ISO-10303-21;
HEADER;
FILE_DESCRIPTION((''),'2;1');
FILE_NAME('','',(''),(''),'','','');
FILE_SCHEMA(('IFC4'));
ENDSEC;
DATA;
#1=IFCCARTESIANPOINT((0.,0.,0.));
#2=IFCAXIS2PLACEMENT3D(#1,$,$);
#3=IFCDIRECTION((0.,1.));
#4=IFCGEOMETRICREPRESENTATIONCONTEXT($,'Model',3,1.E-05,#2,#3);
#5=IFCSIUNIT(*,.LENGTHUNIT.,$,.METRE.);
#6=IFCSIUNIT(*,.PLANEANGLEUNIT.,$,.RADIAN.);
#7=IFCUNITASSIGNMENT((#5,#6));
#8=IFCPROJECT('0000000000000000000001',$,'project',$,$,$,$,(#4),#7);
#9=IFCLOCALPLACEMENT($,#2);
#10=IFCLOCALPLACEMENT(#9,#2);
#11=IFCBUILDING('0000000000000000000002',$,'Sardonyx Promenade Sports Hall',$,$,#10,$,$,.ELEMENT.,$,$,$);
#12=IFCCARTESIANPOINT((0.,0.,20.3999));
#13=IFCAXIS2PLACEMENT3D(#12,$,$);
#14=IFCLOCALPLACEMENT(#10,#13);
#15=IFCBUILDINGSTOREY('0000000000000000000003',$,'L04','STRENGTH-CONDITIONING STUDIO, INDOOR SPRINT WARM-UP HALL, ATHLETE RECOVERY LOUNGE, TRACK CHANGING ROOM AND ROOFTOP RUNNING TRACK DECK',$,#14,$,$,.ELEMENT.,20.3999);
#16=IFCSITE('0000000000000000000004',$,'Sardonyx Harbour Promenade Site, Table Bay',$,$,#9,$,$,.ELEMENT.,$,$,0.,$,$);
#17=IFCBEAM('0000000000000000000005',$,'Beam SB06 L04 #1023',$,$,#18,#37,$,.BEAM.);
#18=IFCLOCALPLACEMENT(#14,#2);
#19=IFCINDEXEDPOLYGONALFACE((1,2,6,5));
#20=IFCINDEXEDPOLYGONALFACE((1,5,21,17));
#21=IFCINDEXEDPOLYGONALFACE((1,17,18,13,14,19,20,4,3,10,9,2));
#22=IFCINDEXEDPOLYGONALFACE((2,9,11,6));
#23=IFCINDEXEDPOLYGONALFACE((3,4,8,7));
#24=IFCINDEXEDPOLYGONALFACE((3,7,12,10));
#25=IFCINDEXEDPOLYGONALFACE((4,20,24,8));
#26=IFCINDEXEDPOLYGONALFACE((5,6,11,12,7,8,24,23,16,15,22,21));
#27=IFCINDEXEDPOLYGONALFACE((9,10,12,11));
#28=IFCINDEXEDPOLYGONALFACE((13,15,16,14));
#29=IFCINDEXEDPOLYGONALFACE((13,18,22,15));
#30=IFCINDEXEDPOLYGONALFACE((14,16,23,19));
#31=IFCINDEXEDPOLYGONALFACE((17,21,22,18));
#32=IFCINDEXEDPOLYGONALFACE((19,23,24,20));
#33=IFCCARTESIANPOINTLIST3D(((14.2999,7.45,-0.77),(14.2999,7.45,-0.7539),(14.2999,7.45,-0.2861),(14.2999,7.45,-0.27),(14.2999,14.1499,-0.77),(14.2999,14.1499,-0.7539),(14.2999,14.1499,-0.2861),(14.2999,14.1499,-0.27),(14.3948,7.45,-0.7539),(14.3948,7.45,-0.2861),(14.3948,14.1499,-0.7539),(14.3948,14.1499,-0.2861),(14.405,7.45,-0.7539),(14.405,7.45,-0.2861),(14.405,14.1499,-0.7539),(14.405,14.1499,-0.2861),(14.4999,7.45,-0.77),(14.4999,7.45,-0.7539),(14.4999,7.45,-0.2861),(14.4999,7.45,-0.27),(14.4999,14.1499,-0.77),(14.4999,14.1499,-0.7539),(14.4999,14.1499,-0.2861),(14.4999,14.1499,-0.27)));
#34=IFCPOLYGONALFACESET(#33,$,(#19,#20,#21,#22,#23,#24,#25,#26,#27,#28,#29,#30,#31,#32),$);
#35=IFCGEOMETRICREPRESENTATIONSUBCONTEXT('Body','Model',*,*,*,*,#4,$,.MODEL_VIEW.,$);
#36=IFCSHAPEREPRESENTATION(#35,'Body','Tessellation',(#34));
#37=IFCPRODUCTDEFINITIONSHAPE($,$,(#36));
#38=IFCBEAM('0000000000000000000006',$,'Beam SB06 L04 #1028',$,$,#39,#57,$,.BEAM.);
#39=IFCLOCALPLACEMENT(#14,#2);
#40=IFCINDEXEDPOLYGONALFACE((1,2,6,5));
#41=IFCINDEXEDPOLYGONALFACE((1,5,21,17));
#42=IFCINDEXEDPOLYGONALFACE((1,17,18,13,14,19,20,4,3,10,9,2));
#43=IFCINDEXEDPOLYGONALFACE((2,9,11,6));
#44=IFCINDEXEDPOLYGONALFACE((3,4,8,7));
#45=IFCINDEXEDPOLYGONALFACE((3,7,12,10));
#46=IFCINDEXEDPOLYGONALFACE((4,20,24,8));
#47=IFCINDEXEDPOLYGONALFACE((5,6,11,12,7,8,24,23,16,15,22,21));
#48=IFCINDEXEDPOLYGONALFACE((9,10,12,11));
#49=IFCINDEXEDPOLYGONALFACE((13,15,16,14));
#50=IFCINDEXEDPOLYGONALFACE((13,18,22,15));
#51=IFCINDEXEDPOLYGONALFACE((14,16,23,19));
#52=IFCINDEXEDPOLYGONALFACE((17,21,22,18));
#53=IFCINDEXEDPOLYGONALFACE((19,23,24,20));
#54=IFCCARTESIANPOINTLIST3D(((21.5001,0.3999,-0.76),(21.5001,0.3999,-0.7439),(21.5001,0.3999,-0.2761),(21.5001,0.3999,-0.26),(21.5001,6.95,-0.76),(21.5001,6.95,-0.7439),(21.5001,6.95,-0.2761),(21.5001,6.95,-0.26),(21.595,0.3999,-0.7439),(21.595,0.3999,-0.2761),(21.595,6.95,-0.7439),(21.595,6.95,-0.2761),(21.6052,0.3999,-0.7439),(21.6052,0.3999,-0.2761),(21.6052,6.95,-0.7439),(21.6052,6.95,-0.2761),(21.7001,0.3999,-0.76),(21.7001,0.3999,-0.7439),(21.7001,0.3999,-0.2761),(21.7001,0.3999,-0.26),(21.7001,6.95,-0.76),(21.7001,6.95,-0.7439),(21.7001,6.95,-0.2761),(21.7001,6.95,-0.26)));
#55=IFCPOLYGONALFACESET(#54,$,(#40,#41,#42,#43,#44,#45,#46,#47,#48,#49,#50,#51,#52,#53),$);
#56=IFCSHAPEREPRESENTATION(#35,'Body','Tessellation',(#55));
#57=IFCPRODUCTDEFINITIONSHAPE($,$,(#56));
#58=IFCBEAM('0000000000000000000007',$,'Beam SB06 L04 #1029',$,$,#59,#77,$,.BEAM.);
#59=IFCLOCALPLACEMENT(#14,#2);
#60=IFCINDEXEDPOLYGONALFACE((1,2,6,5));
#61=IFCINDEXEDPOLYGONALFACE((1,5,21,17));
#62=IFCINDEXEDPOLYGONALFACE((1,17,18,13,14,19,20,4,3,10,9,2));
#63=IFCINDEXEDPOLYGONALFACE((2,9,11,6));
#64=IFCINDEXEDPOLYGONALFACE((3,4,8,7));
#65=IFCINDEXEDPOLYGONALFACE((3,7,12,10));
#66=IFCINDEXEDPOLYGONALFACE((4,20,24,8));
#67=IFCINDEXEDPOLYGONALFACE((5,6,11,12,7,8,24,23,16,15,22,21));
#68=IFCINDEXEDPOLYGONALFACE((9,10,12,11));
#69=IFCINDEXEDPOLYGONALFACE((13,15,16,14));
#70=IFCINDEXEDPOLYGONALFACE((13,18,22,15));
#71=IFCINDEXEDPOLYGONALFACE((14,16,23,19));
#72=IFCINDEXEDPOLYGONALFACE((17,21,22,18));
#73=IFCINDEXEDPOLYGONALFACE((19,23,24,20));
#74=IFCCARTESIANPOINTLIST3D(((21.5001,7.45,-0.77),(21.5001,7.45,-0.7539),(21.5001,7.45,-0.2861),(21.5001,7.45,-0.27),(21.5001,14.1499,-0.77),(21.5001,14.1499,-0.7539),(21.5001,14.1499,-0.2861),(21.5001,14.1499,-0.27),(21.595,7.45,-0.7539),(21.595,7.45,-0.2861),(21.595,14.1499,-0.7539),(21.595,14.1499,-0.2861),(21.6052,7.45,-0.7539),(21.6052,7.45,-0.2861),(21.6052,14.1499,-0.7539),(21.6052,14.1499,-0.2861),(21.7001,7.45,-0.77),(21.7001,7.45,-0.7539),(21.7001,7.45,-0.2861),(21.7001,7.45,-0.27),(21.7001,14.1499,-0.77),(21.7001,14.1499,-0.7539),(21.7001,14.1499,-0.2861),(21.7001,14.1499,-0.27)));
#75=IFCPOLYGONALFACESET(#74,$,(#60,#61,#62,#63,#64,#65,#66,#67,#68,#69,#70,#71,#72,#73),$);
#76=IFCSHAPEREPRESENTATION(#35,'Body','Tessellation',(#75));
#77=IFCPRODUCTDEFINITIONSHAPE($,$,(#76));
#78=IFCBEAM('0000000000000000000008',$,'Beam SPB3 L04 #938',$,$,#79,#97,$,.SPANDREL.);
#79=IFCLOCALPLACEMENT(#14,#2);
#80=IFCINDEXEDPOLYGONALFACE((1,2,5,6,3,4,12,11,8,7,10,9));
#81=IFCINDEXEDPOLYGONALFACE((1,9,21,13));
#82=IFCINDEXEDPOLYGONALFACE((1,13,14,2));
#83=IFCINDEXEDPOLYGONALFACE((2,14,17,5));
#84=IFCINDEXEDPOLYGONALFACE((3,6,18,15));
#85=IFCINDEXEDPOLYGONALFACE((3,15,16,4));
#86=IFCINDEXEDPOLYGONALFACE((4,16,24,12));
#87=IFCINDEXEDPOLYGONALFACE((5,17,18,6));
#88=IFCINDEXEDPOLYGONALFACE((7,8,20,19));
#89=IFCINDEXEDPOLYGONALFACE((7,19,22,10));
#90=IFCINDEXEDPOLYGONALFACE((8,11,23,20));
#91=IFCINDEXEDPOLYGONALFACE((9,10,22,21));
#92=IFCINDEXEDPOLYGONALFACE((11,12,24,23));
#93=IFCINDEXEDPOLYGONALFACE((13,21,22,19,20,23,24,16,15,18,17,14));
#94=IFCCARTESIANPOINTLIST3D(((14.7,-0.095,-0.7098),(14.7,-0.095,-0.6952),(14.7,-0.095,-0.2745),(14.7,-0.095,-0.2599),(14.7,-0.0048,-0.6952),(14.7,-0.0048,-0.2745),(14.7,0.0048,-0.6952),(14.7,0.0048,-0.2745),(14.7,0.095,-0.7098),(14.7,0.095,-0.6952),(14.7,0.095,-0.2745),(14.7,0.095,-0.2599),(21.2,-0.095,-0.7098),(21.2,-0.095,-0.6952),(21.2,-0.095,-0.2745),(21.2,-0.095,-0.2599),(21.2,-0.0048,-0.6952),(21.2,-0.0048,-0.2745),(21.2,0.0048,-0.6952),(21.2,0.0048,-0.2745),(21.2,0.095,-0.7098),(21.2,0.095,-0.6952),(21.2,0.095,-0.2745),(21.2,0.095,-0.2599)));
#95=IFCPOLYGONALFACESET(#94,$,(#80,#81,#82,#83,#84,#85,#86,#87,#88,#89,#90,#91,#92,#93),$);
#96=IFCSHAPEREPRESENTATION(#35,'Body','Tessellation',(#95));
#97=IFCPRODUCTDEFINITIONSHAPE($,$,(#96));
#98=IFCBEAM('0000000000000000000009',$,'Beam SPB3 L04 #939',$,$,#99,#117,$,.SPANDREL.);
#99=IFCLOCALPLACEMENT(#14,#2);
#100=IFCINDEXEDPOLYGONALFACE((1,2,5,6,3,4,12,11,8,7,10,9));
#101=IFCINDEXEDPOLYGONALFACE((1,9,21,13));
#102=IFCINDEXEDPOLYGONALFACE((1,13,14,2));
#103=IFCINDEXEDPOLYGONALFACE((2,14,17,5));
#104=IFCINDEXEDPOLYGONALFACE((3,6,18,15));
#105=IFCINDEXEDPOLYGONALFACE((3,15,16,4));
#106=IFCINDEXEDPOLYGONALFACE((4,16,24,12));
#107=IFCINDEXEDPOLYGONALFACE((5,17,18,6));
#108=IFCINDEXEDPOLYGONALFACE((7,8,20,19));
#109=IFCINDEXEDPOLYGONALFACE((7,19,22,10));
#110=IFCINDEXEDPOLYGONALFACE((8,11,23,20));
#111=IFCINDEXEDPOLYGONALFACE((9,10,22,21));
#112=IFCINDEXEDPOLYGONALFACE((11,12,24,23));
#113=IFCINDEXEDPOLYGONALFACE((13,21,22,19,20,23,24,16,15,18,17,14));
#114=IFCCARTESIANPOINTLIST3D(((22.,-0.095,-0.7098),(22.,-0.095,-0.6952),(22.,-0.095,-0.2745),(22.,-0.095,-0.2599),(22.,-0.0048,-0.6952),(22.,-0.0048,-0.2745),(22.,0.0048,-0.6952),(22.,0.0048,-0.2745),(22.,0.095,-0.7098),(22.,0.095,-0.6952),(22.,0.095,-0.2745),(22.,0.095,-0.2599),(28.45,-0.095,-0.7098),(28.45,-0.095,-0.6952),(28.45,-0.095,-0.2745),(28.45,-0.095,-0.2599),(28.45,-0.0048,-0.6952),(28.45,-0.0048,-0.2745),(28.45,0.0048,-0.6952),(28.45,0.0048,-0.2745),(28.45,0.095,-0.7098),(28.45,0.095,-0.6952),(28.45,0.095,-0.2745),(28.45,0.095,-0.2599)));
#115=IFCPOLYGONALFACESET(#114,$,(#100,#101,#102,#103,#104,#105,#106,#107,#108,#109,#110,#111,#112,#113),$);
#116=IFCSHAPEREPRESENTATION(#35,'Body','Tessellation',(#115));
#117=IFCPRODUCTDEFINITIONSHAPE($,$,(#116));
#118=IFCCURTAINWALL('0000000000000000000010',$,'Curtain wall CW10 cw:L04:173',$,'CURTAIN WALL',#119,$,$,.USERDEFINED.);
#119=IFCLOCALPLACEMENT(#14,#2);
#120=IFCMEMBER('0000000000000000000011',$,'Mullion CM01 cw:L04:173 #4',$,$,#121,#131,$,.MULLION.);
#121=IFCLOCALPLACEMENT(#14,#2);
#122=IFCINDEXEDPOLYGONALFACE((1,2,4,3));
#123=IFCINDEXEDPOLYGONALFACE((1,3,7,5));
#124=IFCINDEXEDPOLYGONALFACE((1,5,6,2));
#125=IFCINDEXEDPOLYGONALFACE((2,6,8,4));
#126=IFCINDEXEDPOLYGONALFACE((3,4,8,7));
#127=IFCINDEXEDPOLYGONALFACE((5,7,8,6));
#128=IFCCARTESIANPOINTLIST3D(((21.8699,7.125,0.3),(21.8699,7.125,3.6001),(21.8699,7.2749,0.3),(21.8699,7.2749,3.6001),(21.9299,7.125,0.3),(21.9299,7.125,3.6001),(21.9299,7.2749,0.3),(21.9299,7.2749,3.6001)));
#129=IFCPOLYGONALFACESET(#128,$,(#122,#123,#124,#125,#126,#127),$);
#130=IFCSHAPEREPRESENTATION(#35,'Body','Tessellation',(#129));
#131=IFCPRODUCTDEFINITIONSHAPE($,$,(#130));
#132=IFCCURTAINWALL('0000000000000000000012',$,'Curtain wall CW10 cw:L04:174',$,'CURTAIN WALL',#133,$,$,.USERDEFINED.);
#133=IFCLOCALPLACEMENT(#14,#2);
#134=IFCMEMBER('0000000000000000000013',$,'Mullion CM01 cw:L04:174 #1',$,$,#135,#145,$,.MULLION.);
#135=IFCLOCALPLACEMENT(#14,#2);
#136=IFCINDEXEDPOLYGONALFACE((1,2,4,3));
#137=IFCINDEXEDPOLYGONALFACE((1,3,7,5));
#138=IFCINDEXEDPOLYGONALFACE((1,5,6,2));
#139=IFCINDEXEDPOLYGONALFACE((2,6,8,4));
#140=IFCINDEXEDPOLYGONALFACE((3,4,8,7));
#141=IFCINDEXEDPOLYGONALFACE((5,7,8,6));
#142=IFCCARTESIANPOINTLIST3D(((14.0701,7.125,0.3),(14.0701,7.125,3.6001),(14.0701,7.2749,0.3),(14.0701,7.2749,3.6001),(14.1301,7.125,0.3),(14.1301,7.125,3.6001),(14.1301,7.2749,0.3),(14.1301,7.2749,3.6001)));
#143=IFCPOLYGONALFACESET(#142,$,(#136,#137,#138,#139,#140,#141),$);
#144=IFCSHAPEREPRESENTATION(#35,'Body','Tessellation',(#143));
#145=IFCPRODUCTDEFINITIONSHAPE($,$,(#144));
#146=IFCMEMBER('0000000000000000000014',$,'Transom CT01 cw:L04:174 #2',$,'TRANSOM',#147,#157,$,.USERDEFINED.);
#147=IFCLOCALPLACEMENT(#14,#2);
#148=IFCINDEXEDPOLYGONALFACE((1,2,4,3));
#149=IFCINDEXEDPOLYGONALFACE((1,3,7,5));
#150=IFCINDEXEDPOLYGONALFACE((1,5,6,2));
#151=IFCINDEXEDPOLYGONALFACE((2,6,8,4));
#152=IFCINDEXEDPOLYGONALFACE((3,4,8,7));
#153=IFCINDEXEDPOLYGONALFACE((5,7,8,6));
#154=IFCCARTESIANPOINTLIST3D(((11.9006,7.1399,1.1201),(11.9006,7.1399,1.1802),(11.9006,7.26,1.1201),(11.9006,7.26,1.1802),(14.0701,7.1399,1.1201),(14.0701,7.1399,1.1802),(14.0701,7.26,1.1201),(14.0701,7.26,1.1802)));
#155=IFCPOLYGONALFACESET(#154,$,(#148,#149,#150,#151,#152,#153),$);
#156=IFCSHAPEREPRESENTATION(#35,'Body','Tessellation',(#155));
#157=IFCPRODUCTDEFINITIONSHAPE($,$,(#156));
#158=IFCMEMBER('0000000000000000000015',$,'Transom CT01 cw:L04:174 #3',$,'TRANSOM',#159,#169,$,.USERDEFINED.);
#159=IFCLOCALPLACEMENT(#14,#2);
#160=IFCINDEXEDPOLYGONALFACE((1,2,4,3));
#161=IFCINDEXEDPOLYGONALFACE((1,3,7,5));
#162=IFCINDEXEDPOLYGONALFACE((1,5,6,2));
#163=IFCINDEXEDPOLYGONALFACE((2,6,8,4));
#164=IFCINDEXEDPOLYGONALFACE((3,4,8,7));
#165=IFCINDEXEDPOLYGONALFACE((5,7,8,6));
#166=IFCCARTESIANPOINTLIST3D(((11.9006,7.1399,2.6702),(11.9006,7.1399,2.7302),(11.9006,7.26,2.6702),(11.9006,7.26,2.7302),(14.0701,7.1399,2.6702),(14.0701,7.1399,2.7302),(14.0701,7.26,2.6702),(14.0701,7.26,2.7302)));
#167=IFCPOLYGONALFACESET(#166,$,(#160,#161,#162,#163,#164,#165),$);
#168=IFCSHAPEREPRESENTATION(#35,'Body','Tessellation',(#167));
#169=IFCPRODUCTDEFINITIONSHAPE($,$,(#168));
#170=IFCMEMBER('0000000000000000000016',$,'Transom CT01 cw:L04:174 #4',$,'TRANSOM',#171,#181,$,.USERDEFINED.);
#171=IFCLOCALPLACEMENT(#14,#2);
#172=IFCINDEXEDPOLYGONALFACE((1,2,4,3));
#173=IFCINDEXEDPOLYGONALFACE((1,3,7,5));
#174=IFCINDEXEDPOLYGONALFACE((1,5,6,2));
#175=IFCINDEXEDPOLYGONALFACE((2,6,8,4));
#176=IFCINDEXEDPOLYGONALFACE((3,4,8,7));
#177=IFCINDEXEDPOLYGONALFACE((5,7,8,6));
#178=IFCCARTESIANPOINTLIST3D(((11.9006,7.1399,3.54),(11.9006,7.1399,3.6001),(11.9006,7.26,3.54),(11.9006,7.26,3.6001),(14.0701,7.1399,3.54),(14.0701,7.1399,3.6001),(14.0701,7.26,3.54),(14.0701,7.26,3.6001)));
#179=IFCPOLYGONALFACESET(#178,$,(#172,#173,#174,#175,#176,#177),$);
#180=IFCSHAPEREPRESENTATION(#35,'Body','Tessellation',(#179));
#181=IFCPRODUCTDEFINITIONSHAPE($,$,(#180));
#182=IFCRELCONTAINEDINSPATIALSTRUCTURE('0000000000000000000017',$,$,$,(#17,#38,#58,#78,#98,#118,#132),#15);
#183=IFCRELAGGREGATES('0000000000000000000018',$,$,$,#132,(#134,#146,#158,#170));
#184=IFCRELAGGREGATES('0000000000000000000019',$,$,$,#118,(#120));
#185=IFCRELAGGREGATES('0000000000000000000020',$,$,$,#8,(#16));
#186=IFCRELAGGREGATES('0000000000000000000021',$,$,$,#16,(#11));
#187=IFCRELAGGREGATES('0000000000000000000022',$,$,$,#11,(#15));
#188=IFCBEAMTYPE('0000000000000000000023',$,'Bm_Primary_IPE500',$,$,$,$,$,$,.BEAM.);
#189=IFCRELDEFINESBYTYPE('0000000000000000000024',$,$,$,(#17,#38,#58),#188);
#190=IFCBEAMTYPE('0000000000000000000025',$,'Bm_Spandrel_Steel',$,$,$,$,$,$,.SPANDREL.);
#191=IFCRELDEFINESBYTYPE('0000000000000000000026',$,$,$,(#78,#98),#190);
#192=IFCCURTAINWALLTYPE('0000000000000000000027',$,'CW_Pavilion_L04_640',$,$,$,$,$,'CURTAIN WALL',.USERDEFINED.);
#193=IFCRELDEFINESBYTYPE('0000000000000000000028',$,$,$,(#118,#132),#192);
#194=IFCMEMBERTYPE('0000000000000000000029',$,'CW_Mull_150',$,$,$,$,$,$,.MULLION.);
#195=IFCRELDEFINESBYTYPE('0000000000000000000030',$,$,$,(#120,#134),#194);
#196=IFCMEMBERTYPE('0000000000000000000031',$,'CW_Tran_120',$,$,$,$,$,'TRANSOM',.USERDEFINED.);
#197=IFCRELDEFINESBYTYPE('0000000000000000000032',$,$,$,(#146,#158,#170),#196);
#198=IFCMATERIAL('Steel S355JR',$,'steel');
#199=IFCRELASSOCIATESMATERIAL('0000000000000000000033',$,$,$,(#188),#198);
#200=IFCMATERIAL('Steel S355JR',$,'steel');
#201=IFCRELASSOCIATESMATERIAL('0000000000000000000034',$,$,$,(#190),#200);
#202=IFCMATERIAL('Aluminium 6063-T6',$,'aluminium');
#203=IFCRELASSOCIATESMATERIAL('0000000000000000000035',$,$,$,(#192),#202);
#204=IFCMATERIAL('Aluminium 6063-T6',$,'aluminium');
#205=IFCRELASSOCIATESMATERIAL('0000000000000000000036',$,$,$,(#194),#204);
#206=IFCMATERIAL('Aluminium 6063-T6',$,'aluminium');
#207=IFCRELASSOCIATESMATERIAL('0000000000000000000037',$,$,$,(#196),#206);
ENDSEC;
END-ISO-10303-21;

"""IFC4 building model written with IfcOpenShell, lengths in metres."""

from ifc_helpers import new_model, si_unit, direction, frame, origin, origin_2d, place, context, subcontext, project, spatial, rectangle, i_section, extrude, material, material_profile, profile_set, type_object, element, aggregate, save


model = new_model("IFC4")

# Units and contexts
model_context = context("Model", 3, precision=1e-05, world=origin(), true_north=direction((0.0, 1.0)))
body_context = subcontext(model_context, "Body", "Model", "MODEL_VIEW")
ifc_project = project(units=[si_unit("LENGTHUNIT", "METRE"), si_unit("PLANEANGLEUNIT", "RADIAN")], contexts=[model_context])

# Site, building, storey
site_placement = place(None, origin())
site = spatial("IfcSite", under=ifc_project, at=site_placement, Name="Sardonyx Harbour Promenade Site, Table Bay", CompositionType="ELEMENT", RefElevation=0.0)
building_placement = place(site_placement, origin())
building = spatial("IfcBuilding", under=site, at=building_placement, Name="Sardonyx Promenade Sports Hall", CompositionType="ELEMENT")
storey_placement = place(building_placement, frame((0.0, 0.0, 20.3999)))
storey = spatial("IfcBuildingStorey", under=building, at=storey_placement, Name="L04", Description="STRENGTH-CONDITIONING STUDIO, INDOOR SPRINT WARM-UP HALL, ATHLETE RECOVERY LOUNGE, TRACK CHANGING ROOM AND ROOFTOP RUNNING TRACK DECK", CompositionType="ELEMENT", Elevation=20.3999)

# Beams
ifc_material_1 = material(Name="Steel S355JR", Category="steel")
ifc_material_profile_1 = material_profile(ifc_material_1, i_section(OverallWidth=0.2, OverallDepth=0.5, WebThickness=0.0103, FlangeThickness=0.0161, at=origin_2d()))
ifc_profile_set_1 = profile_set([ifc_material_profile_1], Name="Steel S355JR")
beam_type_1 = type_object("IfcBeamType", Name="Bm_Primary_IPE500", PredefinedType="BEAM", material=ifc_profile_set_1)
beam_1_placement = place(storey_placement, frame((14.3999, 7.45, -0.52), z_axis=(0.0, 1.0, 0.0), x_axis=(-1.0, 0.0, 0.0)))
element("IfcBeam", 1, at=beam_1_placement, inside=storey, type_object=beam_type_1, Name="Beam SB06 L04 #1023", PredefinedType="BEAM", context=body_context, shape_type="SweptSolid", body=[
    extrude(i_section(OverallWidth=0.2, OverallDepth=0.5, WebThickness=0.0103, FlangeThickness=0.0161, at=origin_2d()), origin(), (0.0, 0.0, 1.0), 6.7),
])
beam_2_placement = place(storey_placement, frame((21.6001, 0.3999, -0.51), z_axis=(0.0, 1.0, 0.0), x_axis=(-1.0, 0.0, 0.0)))
element("IfcBeam", 2, at=beam_2_placement, inside=storey, type_object=beam_type_1, Name="Beam SB06 L04 #1028", PredefinedType="BEAM", context=body_context, shape_type="SweptSolid", body=[
    extrude(i_section(OverallWidth=0.2, OverallDepth=0.5, WebThickness=0.0103, FlangeThickness=0.0161, at=origin_2d()), origin(), (0.0, 0.0, 1.0), 6.55),
])
beam_3_placement = place(storey_placement, frame((21.6001, 7.45, -0.52), z_axis=(0.0, 1.0, 0.0), x_axis=(-1.0, 0.0, 0.0)))
element("IfcBeam", 3, at=beam_3_placement, inside=storey, type_object=beam_type_1, Name="Beam SB06 L04 #1029", PredefinedType="BEAM", context=body_context, shape_type="SweptSolid", body=[
    extrude(i_section(OverallWidth=0.2, OverallDepth=0.5, WebThickness=0.0103, FlangeThickness=0.0161, at=origin_2d()), origin(), (0.0, 0.0, 1.0), 6.7),
])
ifc_material_2 = material(Name="Steel S355JR", Category="steel")
ifc_material_profile_2 = material_profile(ifc_material_2, i_section(OverallWidth=0.1899, OverallDepth=0.45, WebThickness=0.0095, FlangeThickness=0.0146, at=origin_2d()))
ifc_profile_set_2 = profile_set([ifc_material_profile_2], Name="Steel S355JR")
beam_type_2 = type_object("IfcBeamType", Name="Bm_Spandrel_Steel", PredefinedType="SPANDREL", material=ifc_profile_set_2)
beam_4_placement = place(storey_placement, frame((14.7, 0.0, -0.4849), z_axis=(1.0, 0.0, 0.0), x_axis=(0.0, 1.0, 0.0)))
element("IfcBeam", 4, at=beam_4_placement, inside=storey, type_object=beam_type_2, Name="Beam SPB3 L04 #938", PredefinedType="SPANDREL", context=body_context, shape_type="SweptSolid", body=[
    extrude(i_section(OverallWidth=0.1899, OverallDepth=0.45, WebThickness=0.0095, FlangeThickness=0.0146, at=origin_2d()), origin(), (0.0, 0.0, 1.0), 6.5),
])
beam_5_placement = place(storey_placement, frame((22.0, 0.0, -0.4849), z_axis=(1.0, 0.0, 0.0), x_axis=(0.0, 1.0, 0.0)))
element("IfcBeam", 5, at=beam_5_placement, inside=storey, type_object=beam_type_2, Name="Beam SPB3 L04 #939", PredefinedType="SPANDREL", context=body_context, shape_type="SweptSolid", body=[
    extrude(i_section(OverallWidth=0.1899, OverallDepth=0.45, WebThickness=0.0095, FlangeThickness=0.0146, at=origin_2d()), origin(), (0.0, 0.0, 1.0), 6.45),
])

# Curtain wall, member
ifc_material_3 = material(Name="Aluminium 6063-T6", Category="aluminium")
curtain_wall_type = type_object("IfcCurtainWallType", Name="CW_Pavilion_L04_640", ElementType="CURTAIN WALL", PredefinedType="USERDEFINED", material=ifc_material_3)
curtain_wall_1_placement = place(storey_placement, origin())
curtain_wall_1 = element("IfcCurtainWall", 6, at=curtain_wall_1_placement, inside=storey, type_object=curtain_wall_type, Name="Curtain wall CW10 cw:L04:173", ObjectType="CURTAIN WALL", PredefinedType="USERDEFINED")
ifc_material_4 = material(Name="Aluminium 6063-T6", Category="aluminium")
ifc_material_profile_3 = material_profile(ifc_material_4, rectangle(XDim=0.0601, YDim=0.1499, at=origin_2d()))
ifc_profile_set_3 = profile_set([ifc_material_profile_3], Name="Aluminium 6063-T6")
member_type_1 = type_object("IfcMemberType", Name="CW_Mull_150", PredefinedType="MULLION", material=ifc_profile_set_3)
member_1_placement = place(storey_placement, frame((21.8999, 7.2, 0.3), z_axis=(0.0, 0.0, 1.0), x_axis=(-1.0, 0.0, 0.0)))
member_1 = element("IfcMember", 7, at=member_1_placement, type_object=member_type_1, Name="Mullion CM01 cw:L04:173 #4", PredefinedType="MULLION", context=body_context, shape_type="SweptSolid", body=[
    extrude(rectangle(XDim=0.0601, YDim=0.1499, at=origin_2d()), origin(), (0.0, 0.0, 1.0), 3.3),
])

# Curtain wall, members
curtain_wall_2_placement = place(storey_placement, origin())
curtain_wall_2 = element("IfcCurtainWall", 8, at=curtain_wall_2_placement, inside=storey, type_object=curtain_wall_type, Name="Curtain wall CW10 cw:L04:174", ObjectType="CURTAIN WALL", PredefinedType="USERDEFINED")
member_2_placement = place(storey_placement, frame((14.1001, 7.2, 0.3), z_axis=(0.0, 0.0, 1.0), x_axis=(-1.0, 0.0, 0.0)))
member_2 = element("IfcMember", 9, at=member_2_placement, type_object=member_type_1, Name="Mullion CM01 cw:L04:174 #1", PredefinedType="MULLION", context=body_context, shape_type="SweptSolid", body=[
    extrude(rectangle(XDim=0.0601, YDim=0.1499, at=origin_2d()), origin(), (0.0, 0.0, 1.0), 3.3),
])
ifc_material_5 = material(Name="Aluminium 6063-T6", Category="aluminium")
ifc_material_profile_4 = material_profile(ifc_material_5, rectangle(XDim=0.0601, YDim=0.1201, at=origin_2d()))
ifc_profile_set_4 = profile_set([ifc_material_profile_4], Name="Aluminium 6063-T6")
member_type_2 = type_object("IfcMemberType", Name="CW_Tran_120", ElementType="TRANSOM", PredefinedType="USERDEFINED", material=ifc_profile_set_4)
member_3_placement = place(storey_placement, frame((14.0701, 7.2, 1.1501), z_axis=(-1.0, 0.0, 0.0), x_axis=(0.0, 0.0, 1.0)))
member_3 = element("IfcMember", 10, at=member_3_placement, type_object=member_type_2, Name="Transom CT01 cw:L04:174 #2", ObjectType="TRANSOM", PredefinedType="USERDEFINED", context=body_context, shape_type="SweptSolid", body=[
    extrude(rectangle(XDim=0.0601, YDim=0.1201, at=origin_2d()), origin(), (0.0, 0.0, 1.0), 2.1694),
])
member_4_placement = place(storey_placement, frame((14.0701, 7.2, 2.7002), z_axis=(-1.0, 0.0, 0.0), x_axis=(0.0, 0.0, 1.0)))
member_4 = element("IfcMember", 11, at=member_4_placement, type_object=member_type_2, Name="Transom CT01 cw:L04:174 #3", ObjectType="TRANSOM", PredefinedType="USERDEFINED", context=body_context, shape_type="SweptSolid", body=[
    extrude(rectangle(XDim=0.0601, YDim=0.1201, at=origin_2d()), origin(), (0.0, 0.0, 1.0), 2.1694),
])
member_5_placement = place(storey_placement, frame((14.0701, 7.2, 3.5701), z_axis=(-1.0, 0.0, 0.0), x_axis=(0.0, 0.0, 1.0)))
member_5 = element("IfcMember", 12, at=member_5_placement, type_object=member_type_2, Name="Transom CT01 cw:L04:174 #4", ObjectType="TRANSOM", PredefinedType="USERDEFINED", context=body_context, shape_type="SweptSolid", body=[
    extrude(rectangle(XDim=0.0601, YDim=0.1201, at=origin_2d()), origin(), (0.0, 0.0, 1.0), 2.1694),
])
aggregate(curtain_wall_2, [member_2, member_3, member_4, member_5])

aggregate(curtain_wall_1, [member_1])

save(model, "model.ifc")
